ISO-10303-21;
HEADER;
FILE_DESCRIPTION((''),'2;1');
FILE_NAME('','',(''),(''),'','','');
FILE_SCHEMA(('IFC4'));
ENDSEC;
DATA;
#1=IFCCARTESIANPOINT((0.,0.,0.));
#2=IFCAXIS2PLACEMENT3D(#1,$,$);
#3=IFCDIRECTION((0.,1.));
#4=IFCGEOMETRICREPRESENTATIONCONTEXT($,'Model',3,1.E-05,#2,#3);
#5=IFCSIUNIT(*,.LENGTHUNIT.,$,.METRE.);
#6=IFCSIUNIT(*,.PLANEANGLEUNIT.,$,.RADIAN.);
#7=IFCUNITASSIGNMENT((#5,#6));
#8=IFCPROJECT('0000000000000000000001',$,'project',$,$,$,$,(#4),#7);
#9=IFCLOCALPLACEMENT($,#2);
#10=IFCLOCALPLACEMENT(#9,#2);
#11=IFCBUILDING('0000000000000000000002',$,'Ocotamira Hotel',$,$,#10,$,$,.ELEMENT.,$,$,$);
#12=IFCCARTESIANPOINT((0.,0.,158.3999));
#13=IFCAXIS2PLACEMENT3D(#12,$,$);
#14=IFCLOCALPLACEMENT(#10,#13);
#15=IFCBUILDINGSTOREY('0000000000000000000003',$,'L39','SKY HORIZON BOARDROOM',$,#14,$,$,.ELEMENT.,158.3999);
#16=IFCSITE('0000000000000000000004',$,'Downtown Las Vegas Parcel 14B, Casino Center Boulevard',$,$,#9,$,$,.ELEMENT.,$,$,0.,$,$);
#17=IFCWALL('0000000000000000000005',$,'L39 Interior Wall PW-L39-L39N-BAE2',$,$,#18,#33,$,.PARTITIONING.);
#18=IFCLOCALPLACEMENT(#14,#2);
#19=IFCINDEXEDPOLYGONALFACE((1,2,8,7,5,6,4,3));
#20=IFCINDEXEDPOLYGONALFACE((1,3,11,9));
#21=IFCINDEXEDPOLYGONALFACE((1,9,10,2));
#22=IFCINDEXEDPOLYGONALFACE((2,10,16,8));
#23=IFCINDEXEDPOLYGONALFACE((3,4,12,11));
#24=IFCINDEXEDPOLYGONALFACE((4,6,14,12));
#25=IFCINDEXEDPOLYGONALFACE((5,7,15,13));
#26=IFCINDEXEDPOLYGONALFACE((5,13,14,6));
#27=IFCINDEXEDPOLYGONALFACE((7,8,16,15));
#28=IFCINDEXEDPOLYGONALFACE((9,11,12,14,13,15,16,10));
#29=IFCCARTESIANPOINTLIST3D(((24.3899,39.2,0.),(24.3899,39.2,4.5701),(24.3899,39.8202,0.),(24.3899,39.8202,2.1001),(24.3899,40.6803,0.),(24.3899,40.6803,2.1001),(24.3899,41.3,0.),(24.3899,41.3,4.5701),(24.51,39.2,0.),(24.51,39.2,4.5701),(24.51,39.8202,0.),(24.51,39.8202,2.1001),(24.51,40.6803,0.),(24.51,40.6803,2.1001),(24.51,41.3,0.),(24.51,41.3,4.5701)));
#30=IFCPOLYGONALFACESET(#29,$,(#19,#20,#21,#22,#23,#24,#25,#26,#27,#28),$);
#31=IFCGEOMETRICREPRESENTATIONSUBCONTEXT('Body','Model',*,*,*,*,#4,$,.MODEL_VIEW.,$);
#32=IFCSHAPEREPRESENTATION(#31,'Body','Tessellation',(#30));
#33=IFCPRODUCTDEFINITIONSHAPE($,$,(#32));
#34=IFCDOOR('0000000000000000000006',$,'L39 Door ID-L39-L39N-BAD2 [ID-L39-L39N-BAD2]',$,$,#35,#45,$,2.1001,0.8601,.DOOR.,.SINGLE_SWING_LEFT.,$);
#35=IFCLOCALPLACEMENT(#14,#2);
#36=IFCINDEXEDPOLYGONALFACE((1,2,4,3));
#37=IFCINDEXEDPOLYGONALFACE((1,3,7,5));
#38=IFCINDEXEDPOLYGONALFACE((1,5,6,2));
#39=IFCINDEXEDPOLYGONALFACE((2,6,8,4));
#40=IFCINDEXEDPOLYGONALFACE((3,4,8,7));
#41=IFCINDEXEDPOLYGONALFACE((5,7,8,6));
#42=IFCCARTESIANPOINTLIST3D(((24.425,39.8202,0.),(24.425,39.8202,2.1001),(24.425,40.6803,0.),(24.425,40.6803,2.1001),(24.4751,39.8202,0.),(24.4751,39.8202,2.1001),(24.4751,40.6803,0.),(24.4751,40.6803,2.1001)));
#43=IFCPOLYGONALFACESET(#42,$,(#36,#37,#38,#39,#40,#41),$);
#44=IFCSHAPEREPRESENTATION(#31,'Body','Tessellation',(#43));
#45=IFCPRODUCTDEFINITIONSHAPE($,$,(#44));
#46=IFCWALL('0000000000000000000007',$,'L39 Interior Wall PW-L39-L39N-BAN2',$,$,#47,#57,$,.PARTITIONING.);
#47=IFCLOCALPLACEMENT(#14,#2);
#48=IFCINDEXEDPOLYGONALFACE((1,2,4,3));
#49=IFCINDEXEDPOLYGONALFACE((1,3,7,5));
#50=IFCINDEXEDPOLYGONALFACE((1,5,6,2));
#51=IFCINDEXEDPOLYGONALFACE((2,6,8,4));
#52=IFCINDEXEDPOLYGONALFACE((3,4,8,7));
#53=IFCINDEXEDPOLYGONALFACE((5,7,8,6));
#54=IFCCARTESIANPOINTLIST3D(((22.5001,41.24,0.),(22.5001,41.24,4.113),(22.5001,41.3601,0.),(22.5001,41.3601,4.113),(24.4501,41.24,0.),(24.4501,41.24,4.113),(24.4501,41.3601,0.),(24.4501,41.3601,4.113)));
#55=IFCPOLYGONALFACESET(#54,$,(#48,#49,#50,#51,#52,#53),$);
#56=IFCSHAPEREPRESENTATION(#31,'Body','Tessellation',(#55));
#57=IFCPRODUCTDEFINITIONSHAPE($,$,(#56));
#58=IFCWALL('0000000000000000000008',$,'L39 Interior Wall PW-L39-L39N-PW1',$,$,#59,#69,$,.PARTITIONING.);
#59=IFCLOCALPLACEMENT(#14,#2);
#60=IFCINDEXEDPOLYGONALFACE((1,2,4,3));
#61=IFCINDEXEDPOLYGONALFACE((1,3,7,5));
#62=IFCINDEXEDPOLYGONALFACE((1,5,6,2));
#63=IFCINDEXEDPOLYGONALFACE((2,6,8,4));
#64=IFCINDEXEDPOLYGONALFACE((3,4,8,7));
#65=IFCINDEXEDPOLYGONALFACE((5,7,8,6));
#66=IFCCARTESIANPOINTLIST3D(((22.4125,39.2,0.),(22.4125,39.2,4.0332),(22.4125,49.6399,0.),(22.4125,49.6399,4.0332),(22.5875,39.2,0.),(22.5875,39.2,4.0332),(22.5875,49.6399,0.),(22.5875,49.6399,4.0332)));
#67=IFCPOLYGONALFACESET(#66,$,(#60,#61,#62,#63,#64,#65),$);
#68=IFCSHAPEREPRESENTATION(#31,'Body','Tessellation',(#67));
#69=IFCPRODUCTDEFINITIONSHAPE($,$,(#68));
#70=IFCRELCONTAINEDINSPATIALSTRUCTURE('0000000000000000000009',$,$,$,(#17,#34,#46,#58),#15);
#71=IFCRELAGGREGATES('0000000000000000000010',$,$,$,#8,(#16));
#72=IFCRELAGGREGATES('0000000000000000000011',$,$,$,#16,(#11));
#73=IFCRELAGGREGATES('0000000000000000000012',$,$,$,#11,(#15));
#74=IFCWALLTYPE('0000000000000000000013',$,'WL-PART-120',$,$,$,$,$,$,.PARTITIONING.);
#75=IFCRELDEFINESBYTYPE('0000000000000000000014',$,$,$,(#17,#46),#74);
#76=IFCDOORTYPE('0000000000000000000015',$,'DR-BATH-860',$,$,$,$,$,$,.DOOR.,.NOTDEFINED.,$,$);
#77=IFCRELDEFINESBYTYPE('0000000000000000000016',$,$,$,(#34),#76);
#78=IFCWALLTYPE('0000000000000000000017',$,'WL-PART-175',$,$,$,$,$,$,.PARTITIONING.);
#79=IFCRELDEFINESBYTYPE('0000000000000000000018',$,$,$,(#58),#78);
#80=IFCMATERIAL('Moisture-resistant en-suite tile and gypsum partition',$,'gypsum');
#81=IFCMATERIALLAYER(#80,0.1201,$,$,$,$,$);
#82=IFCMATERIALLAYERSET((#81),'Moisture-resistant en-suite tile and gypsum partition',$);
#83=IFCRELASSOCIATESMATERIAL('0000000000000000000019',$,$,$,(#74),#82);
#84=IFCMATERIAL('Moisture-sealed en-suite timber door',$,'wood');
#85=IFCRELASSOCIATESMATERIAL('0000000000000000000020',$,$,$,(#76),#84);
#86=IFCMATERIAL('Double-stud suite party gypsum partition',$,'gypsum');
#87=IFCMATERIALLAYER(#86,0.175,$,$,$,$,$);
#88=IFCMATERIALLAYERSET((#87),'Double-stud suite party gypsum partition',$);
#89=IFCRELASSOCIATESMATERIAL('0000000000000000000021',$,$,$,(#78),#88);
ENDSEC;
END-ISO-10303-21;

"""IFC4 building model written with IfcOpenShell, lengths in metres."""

from ifc_helpers import new_model, si_unit, direction, frame, frame_2d, origin, place, context, subcontext, project, spatial, rectangle, extrude, source, transform, mapped, material, layer, layer_set, type_object, element, fill, save


model = new_model("IFC4")

# Units and contexts
model_context = context("Model", 3, precision=1e-05, world=origin(), true_north=direction((0.0, 1.0)))
body_context = subcontext(model_context, "Body", "Model", "MODEL_VIEW")
ifc_project = project(units=[si_unit("LENGTHUNIT", "METRE"), si_unit("PLANEANGLEUNIT", "RADIAN")], contexts=[model_context])

# Site, building, storey
site_placement = place(None, origin())
site = spatial("IfcSite", under=ifc_project, at=site_placement, Name="Downtown Las Vegas Parcel 14B, Casino Center Boulevard", CompositionType="ELEMENT", RefElevation=0.0)
building_placement = place(site_placement, origin())
building = spatial("IfcBuilding", under=site, at=building_placement, Name="Ocotamira Hotel", CompositionType="ELEMENT")
storey_placement = place(building_placement, frame((0.0, 0.0, 158.3999)))
storey = spatial("IfcBuildingStorey", under=building, at=storey_placement, Name="L39", Description="SKY HORIZON BOARDROOM", CompositionType="ELEMENT", Elevation=158.3999)

# Shared definitions
ifc_material_1 = material(Name="Moisture-resistant en-suite tile and gypsum partition", Category="gypsum")
ifc_layer_1 = layer(ifc_material_1, 0.1201)
ifc_layer_set_1 = layer_set([ifc_layer_1], Name="Moisture-resistant en-suite tile and gypsum partition")
wall_type_1 = type_object("IfcWallType", Name="WL-PART-120", PredefinedType="PARTITIONING", material=ifc_layer_set_1)

# Wall, opening, door
wall_1_placement = place(storey_placement, frame((24.45, 39.2, 0.0), z_axis=(0.0, 0.0, 1.0), x_axis=(0.0, 1.0, 0.0)))
wall_1 = element("IfcWall", 1, at=wall_1_placement, inside=storey, type_object=wall_type_1, Name="L39 Interior Wall PW-L39-L39N-BAE2", PredefinedType="PARTITIONING", context=body_context, shape_type="SweptSolid", body=[
    extrude(rectangle(XDim=2.1001, YDim=0.1201, at=frame_2d((1.05, 0.0))), origin(), (0.0, 0.0, 1.0), 4.5701),
])
opening_placement = place(wall_1_placement, frame((0.6201, 0.0, 0.0)))
opening = element("IfcOpeningElement", 2, at=opening_placement, cuts=wall_1, PredefinedType="OPENING", context=body_context, shape_type="SweptSolid", body=[
    extrude(rectangle(XDim=0.8601, YDim=2.1001, at=frame_2d((0.4302, 1.05))), frame((0.0, 0.0701, 0.0), z_axis=(0.0, -1.0, 0.0), x_axis=(1.0, 0.0, 0.0)), (0.0, 0.0, 1.0), 0.1401),
])
ifc_material_2 = material(Name="Moisture-sealed en-suite timber door", Category="wood")
door_type = type_object("IfcDoorType", Name="DR-BATH-860", OperationType="NOTDEFINED", PredefinedType="DOOR", material=ifc_material_2)
shared_shape_1 = source(origin(), body_context, "Body", "SweptSolid", [
    extrude(rectangle(XDim=0.8601, YDim=2.1001, at=frame_2d((0.4302, 1.05))), frame((0.0, 0.0249, 0.0), z_axis=(0.0, -1.0, 0.0), x_axis=(1.0, 0.0, 0.0)), (0.0, 0.0, 1.0), 0.05),
])
door_placement = place(opening_placement, origin())
door = element("IfcDoor", 3, at=door_placement, inside=storey, type_object=door_type, Name="L39 Door ID-L39-L39N-BAD2 [ID-L39-L39N-BAD2]", OperationType="SINGLE_SWING_LEFT", OverallHeight=2.1001, OverallWidth=0.8601, PredefinedType="DOOR", context=body_context, shape_type="MappedRepresentation", body=[
    mapped(shared_shape_1, transform((0.0, 0.0, 0.0), scale=1.0)),
])
fill(opening, door)

# Walls
wall_2_placement = place(storey_placement, frame((22.5, 41.3, 0.0), z_axis=(0.0, 0.0, 1.0), x_axis=(1.0, 0.0, 0.0)))
element("IfcWall", 4, at=wall_2_placement, inside=storey, type_object=wall_type_1, Name="L39 Interior Wall PW-L39-L39N-BAN2", PredefinedType="PARTITIONING", context=body_context, shape_type="SweptSolid", body=[
    extrude(rectangle(XDim=1.95, YDim=0.1201, at=frame_2d((0.9751, 0.0))), origin(), (0.0, 0.0, 1.0), 4.113),
])
ifc_material_3 = material(Name="Double-stud suite party gypsum partition", Category="gypsum")
ifc_layer_2 = layer(ifc_material_3, 0.175)
ifc_layer_set_2 = layer_set([ifc_layer_2], Name="Double-stud suite party gypsum partition")
wall_type_2 = type_object("IfcWallType", Name="WL-PART-175", PredefinedType="PARTITIONING", material=ifc_layer_set_2)
wall_3_placement = place(storey_placement, frame((22.5, 39.2, 0.0), z_axis=(0.0, 0.0, 1.0), x_axis=(0.0, 1.0, 0.0)))
element("IfcWall", 5, at=wall_3_placement, inside=storey, type_object=wall_type_2, Name="L39 Interior Wall PW-L39-L39N-PW1", PredefinedType="PARTITIONING", context=body_context, shape_type="SweptSolid", body=[
    extrude(rectangle(XDim=10.4399, YDim=0.175, at=frame_2d((5.22, 0.0))), origin(), (0.0, 0.0, 1.0), 4.0332),
])

save(model, "model.ifc")
